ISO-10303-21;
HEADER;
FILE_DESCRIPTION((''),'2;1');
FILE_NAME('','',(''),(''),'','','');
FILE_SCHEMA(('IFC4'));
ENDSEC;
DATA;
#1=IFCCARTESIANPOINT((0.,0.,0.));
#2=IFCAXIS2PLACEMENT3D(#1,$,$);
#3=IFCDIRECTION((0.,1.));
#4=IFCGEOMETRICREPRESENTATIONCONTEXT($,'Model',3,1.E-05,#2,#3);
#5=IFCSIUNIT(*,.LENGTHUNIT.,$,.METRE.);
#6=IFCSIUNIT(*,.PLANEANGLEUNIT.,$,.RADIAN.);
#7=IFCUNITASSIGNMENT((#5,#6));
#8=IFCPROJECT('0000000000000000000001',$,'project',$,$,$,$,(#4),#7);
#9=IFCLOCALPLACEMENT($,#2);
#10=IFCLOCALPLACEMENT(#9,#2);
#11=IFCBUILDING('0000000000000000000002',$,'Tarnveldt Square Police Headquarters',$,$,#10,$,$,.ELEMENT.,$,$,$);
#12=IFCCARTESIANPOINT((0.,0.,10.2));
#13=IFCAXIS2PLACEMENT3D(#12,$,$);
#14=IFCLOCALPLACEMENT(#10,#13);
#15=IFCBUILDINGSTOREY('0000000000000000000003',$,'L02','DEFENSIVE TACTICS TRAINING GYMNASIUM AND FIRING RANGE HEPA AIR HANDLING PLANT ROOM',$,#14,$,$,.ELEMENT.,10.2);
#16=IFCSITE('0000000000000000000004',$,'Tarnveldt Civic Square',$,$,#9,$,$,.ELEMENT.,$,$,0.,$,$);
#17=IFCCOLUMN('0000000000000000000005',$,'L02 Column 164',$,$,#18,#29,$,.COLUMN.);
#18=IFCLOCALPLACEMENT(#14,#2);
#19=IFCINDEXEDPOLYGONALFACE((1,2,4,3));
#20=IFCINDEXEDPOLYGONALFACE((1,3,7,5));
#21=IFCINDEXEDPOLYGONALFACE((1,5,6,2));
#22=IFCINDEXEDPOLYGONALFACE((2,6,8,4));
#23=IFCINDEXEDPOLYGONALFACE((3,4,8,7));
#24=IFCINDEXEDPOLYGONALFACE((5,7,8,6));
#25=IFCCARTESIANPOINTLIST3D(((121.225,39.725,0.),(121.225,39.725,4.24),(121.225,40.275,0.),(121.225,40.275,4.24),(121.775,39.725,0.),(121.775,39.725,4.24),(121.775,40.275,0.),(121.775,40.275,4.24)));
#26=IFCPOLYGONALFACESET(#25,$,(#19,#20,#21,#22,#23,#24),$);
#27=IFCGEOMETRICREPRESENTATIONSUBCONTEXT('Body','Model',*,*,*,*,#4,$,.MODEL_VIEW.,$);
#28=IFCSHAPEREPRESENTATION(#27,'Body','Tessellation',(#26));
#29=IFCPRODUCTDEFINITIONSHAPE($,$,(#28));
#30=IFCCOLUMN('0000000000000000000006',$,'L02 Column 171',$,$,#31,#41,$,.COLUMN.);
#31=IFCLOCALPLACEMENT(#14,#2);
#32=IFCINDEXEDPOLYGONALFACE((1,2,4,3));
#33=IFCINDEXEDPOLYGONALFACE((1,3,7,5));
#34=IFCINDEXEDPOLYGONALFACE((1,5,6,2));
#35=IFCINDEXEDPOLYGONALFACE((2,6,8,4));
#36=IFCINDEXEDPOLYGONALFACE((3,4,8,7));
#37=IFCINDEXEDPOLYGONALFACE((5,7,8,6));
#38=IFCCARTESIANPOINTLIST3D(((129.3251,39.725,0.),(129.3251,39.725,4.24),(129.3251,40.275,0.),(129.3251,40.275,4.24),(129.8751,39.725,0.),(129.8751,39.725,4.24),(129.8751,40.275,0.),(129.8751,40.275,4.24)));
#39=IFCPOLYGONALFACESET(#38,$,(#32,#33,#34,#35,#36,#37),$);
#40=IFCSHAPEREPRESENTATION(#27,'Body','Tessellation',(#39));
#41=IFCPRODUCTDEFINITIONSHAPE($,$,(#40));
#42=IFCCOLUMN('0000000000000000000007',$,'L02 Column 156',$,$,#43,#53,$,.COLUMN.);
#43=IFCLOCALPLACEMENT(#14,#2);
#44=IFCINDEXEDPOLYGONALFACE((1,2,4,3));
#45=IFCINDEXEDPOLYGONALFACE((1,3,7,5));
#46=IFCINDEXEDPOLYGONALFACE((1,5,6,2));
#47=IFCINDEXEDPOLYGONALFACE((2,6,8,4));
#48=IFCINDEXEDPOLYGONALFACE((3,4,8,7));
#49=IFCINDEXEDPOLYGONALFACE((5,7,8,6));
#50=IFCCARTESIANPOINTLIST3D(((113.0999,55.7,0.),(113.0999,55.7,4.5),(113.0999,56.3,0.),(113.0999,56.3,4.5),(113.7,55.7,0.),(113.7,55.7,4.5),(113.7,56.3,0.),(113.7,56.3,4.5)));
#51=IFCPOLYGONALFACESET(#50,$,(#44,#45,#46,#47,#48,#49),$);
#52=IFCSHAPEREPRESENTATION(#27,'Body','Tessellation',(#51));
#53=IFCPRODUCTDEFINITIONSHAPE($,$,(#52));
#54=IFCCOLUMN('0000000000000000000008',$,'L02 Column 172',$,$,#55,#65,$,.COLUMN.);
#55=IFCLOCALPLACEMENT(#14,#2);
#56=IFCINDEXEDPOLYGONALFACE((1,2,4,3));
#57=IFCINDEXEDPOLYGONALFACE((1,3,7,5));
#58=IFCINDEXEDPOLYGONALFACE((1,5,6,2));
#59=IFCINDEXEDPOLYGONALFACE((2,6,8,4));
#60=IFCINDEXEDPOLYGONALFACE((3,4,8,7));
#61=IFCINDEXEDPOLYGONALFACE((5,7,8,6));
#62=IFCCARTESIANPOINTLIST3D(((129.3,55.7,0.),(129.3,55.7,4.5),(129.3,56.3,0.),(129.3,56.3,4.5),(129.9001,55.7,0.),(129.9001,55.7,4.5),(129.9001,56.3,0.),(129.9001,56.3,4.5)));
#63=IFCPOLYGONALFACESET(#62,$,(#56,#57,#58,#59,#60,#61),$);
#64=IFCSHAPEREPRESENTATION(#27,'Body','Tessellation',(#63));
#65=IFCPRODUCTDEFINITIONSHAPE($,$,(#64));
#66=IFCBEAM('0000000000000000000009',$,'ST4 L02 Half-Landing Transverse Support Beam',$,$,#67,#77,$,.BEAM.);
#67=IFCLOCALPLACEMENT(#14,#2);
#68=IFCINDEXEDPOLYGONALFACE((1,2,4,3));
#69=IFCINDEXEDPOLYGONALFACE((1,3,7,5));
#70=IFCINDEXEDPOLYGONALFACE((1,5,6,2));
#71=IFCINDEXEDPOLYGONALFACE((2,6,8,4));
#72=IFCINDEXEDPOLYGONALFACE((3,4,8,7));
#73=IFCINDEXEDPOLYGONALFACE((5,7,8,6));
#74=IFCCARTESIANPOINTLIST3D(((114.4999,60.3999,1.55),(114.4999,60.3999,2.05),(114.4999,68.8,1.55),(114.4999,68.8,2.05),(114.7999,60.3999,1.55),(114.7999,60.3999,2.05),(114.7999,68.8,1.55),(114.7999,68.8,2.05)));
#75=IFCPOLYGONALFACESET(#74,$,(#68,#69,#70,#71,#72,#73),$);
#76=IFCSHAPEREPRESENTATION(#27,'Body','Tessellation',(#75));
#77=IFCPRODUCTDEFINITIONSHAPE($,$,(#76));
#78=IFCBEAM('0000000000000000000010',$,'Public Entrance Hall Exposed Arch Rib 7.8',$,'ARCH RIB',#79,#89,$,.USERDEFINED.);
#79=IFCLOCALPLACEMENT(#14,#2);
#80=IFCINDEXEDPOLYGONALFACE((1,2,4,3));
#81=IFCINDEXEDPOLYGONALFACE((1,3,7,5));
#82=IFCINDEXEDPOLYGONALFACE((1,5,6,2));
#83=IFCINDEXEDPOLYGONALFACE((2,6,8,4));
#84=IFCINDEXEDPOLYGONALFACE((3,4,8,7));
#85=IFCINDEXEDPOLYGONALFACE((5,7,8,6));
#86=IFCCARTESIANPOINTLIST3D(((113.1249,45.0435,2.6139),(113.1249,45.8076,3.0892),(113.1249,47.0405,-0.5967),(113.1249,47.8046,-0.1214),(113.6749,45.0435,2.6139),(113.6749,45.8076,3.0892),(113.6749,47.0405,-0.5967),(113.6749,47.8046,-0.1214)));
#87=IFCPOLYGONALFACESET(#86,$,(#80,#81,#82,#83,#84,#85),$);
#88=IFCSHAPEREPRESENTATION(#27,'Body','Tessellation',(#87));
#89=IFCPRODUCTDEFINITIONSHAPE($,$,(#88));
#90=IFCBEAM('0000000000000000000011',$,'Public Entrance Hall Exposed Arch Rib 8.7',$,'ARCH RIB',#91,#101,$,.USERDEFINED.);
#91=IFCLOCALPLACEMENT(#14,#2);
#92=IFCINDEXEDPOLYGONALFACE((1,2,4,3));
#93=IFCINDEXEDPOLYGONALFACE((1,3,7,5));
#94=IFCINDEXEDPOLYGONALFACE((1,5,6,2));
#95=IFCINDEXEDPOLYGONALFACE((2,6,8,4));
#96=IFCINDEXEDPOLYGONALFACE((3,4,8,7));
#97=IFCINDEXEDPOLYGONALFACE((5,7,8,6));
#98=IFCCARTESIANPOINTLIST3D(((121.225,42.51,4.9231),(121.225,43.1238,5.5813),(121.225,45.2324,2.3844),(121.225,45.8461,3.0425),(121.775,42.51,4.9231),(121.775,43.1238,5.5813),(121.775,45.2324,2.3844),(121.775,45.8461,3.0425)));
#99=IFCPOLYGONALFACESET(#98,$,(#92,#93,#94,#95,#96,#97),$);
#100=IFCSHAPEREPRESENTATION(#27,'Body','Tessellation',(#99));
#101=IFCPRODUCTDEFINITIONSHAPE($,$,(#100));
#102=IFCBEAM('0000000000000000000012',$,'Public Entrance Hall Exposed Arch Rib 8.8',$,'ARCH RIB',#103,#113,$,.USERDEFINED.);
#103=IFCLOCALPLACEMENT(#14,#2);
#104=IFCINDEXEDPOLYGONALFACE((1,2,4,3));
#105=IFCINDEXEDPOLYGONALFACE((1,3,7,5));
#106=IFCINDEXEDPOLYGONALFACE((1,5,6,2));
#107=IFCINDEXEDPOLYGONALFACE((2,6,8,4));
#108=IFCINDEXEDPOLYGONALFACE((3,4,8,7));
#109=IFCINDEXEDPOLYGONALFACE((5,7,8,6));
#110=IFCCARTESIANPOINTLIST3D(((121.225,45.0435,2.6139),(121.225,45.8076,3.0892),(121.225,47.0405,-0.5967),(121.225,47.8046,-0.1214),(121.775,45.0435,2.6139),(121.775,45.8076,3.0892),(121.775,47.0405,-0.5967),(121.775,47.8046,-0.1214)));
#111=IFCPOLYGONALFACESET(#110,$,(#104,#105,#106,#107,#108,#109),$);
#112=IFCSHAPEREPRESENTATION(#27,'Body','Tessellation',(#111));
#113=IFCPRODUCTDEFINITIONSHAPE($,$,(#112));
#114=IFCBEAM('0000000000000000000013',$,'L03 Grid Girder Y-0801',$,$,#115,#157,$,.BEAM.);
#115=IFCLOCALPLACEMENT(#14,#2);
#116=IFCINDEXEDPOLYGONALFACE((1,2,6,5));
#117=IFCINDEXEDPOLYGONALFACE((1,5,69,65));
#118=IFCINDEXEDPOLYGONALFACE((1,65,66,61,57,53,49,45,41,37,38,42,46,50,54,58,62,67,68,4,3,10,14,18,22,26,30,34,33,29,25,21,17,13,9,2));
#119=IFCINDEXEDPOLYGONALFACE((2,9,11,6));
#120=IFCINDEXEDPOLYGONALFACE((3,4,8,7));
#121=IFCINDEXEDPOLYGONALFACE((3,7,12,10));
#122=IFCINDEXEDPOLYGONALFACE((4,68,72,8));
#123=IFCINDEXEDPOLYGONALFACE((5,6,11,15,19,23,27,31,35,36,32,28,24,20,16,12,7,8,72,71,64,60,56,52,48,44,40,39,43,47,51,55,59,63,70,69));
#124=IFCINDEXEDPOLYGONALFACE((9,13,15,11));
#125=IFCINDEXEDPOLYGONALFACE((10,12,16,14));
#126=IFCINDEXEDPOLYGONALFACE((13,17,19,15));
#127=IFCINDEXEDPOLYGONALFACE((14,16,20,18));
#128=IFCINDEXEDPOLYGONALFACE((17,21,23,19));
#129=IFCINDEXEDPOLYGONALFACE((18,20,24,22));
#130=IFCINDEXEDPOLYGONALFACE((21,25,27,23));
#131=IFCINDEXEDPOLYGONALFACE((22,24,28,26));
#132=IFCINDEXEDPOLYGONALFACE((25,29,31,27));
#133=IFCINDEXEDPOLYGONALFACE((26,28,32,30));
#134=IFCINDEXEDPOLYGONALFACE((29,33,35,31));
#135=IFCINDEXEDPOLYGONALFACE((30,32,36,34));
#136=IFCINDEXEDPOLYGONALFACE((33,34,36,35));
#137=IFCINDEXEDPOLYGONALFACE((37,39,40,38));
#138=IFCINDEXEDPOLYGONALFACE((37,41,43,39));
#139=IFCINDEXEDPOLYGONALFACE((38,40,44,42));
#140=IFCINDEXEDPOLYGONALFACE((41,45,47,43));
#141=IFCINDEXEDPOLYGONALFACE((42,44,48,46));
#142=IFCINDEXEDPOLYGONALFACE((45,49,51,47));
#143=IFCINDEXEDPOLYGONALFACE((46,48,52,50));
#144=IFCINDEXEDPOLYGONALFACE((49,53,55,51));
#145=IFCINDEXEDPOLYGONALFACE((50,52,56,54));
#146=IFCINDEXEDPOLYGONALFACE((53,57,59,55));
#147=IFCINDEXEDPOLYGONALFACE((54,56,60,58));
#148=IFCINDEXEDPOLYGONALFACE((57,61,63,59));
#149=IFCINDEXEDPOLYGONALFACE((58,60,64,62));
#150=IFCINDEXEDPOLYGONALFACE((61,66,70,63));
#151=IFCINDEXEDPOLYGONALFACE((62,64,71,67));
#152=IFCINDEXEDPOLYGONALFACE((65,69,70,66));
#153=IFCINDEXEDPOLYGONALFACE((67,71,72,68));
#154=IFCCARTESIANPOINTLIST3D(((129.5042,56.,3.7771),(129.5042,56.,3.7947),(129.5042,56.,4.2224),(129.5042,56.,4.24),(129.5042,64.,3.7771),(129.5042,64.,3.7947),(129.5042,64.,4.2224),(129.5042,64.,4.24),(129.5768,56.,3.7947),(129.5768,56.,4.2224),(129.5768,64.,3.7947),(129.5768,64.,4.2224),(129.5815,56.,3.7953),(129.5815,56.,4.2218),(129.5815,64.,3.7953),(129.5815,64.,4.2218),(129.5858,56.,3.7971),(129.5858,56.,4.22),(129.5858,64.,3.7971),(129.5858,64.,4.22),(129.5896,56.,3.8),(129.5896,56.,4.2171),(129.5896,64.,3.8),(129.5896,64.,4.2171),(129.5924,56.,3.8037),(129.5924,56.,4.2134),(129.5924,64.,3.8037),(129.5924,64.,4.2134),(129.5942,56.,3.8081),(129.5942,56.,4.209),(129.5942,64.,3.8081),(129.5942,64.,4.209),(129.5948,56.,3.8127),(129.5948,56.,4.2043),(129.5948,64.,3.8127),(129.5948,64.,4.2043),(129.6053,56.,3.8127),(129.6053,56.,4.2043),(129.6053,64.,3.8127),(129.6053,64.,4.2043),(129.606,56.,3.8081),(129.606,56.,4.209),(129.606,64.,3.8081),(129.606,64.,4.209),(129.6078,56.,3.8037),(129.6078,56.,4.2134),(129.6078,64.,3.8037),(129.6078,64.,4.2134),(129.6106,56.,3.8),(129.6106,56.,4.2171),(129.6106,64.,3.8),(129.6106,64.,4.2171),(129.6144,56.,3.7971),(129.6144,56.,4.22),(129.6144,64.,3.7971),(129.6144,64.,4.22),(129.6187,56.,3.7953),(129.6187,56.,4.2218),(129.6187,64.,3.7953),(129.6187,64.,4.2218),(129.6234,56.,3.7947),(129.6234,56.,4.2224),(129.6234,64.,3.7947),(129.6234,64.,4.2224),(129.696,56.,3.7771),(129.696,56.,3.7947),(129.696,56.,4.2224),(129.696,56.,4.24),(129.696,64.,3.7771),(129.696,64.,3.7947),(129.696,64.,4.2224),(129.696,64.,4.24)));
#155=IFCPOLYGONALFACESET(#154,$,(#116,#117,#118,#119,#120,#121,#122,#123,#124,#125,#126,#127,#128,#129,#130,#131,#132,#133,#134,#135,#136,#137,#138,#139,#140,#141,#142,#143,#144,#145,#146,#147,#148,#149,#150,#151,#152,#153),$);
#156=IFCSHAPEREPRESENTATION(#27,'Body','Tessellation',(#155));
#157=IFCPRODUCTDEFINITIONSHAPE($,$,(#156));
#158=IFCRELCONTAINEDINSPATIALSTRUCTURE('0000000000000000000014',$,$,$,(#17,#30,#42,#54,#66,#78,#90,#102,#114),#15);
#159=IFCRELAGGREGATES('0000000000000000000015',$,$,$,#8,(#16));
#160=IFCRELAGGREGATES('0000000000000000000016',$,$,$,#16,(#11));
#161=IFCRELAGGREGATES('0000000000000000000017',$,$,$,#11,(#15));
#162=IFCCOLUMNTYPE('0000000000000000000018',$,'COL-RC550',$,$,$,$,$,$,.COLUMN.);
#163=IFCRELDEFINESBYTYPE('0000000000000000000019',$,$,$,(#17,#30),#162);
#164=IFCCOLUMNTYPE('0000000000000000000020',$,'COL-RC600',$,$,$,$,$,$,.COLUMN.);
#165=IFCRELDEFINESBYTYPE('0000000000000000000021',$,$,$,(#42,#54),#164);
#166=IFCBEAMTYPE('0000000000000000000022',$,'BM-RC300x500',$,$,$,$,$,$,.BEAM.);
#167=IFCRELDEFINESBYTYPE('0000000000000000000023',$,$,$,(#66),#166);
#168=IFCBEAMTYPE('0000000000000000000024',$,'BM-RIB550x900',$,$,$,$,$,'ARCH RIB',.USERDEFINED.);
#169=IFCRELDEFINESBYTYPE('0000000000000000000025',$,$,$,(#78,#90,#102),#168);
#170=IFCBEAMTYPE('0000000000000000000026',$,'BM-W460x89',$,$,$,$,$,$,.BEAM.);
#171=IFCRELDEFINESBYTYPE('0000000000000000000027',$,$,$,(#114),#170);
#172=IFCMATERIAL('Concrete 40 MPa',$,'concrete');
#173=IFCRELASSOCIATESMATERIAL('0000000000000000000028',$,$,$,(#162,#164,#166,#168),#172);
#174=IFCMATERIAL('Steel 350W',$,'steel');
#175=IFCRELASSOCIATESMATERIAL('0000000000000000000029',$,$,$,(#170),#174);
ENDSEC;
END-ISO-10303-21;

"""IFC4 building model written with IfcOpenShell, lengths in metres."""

from ifc_helpers import new_model, si_unit, direction, frame, origin, origin_2d, place, context, subcontext, project, spatial, rectangle, i_section, extrude, material, material_profile, profile_set, type_object, element, save


model = new_model("IFC4")

# Units and contexts
model_context = context("Model", 3, precision=1e-05, world=origin(), true_north=direction((0.0, 1.0)))
body_context = subcontext(model_context, "Body", "Model", "MODEL_VIEW")
ifc_project = project(units=[si_unit("LENGTHUNIT", "METRE"), si_unit("PLANEANGLEUNIT", "RADIAN")], contexts=[model_context])

# Site, building, storey
site_placement = place(None, origin())
site = spatial("IfcSite", under=ifc_project, at=site_placement, Name="Tarnveldt Civic Square", CompositionType="ELEMENT", RefElevation=0.0)
building_placement = place(site_placement, origin())
building = spatial("IfcBuilding", under=site, at=building_placement, Name="Tarnveldt Square Police Headquarters", CompositionType="ELEMENT")
storey_placement = place(building_placement, frame((0.0, 0.0, 10.2)))
storey = spatial("IfcBuildingStorey", under=building, at=storey_placement, Name="L02", Description="DEFENSIVE TACTICS TRAINING GYMNASIUM AND FIRING RANGE HEPA AIR HANDLING PLANT ROOM", CompositionType="ELEMENT", Elevation=10.2)

# Columns
ifc_material_1 = material(Name="Concrete 40 MPa", Category="concrete")
ifc_material_profile_1 = material_profile(ifc_material_1, rectangle(XDim=0.55, YDim=0.55, at=origin_2d()), Name="RC-C550x550")
ifc_profile_set_1 = profile_set([ifc_material_profile_1], Name="Concrete 40 MPa")
column_type_1 = type_object("IfcColumnType", Name="COL-RC550", PredefinedType="COLUMN", material=ifc_profile_set_1)
for number, where, z_axis, x_axis, name in (
    (1, (121.5, 40.0, 0.0), (0.0, 0.0, 1.0), (1.0, 0.0, 0.0), "L02 Column 164"),
    (2, (129.6001, 40.0, 0.0), (0.0, 0.0, 1.0), (1.0, 0.0, 0.0), "L02 Column 171"),
):
    element("IfcColumn", number, at=place(storey_placement, frame(where, z_axis=z_axis, x_axis=x_axis)), inside=storey, type_object=column_type_1, Name=name, PredefinedType="COLUMN", context=body_context, shape_type="SweptSolid", body=[
        extrude(rectangle(XDim=0.55, YDim=0.55, at=origin_2d()), origin(), (0.0, 0.0, 1.0), 4.24),
    ])
ifc_material_profile_2 = material_profile(ifc_material_1, rectangle(XDim=0.6001, YDim=0.6001, at=origin_2d()), Name="RC-C600x600")
ifc_profile_set_2 = profile_set([ifc_material_profile_2], Name="Concrete 40 MPa")
column_type_2 = type_object("IfcColumnType", Name="COL-RC600", PredefinedType="COLUMN", material=ifc_profile_set_2)
for number, where, z_axis, x_axis, name in (
    (3, (113.3999, 56.0, 0.0), (0.0, 0.0, 1.0), (1.0, 0.0, 0.0), "L02 Column 156"),
    (4, (129.6001, 56.0, 0.0), (0.0, 0.0, 1.0), (1.0, 0.0, 0.0), "L02 Column 172"),
):
    element("IfcColumn", number, at=place(storey_placement, frame(where, z_axis=z_axis, x_axis=x_axis)), inside=storey, type_object=column_type_2, Name=name, PredefinedType="COLUMN", context=body_context, shape_type="SweptSolid", body=[
        extrude(rectangle(XDim=0.6001, YDim=0.6001, at=origin_2d()), origin(), (0.0, 0.0, 1.0), 4.5),
    ])

# Beams
ifc_material_profile_3 = material_profile(ifc_material_1, rectangle(XDim=0.3, YDim=0.5, at=origin_2d()), Name="RC-B300x500")
ifc_profile_set_3 = profile_set([ifc_material_profile_3], Name="Concrete 40 MPa")
beam_type_1 = type_object("IfcBeamType", Name="BM-RC300x500", PredefinedType="BEAM", material=ifc_profile_set_3)
beam_1_placement = place(storey_placement, frame((114.6499, 60.3999, 1.8), z_axis=(0.0, 1.0, 0.0), x_axis=(-1.0, 0.0, 0.0)))
element("IfcBeam", 5, at=beam_1_placement, inside=storey, type_object=beam_type_1, Name="ST4 L02 Half-Landing Transverse Support Beam", PredefinedType="BEAM", context=body_context, shape_type="SweptSolid", body=[
    extrude(rectangle(XDim=0.3, YDim=0.5, at=origin_2d()), origin(), (0.0, 0.0, 1.0), 8.4001),
])
ifc_material_profile_4 = material_profile(ifc_material_1, rectangle(XDim=0.55, YDim=0.8999, at=origin_2d()), Name="RC-RIB550x900")
ifc_profile_set_4 = profile_set([ifc_material_profile_4], Name="Concrete 40 MPa")
beam_type_2 = type_object("IfcBeamType", Name="BM-RIB550x900", ElementType="ARCH RIB", PredefinedType="USERDEFINED", material=ifc_profile_set_4)
beam_2_placement = place(storey_placement, frame((113.3999, 45.4255, 2.8516), z_axis=(0.0, 0.528169, -0.849139), x_axis=(-1.0, 0.0, 0.0)))
element("IfcBeam", 6, at=beam_2_placement, inside=storey, type_object=beam_type_2, Name="Public Entrance Hall Exposed Arch Rib 7.8", ObjectType="ARCH RIB", PredefinedType="USERDEFINED", context=body_context, shape_type="SweptSolid", body=[
    extrude(rectangle(XDim=0.55, YDim=0.8999, at=origin_2d()), origin(), (0.0, 0.0, 1.0), 3.781),
])
beam_3_placement = place(storey_placement, frame((121.5, 42.8169, 5.2522), z_axis=(0.0, 0.731337, -0.682017), x_axis=(-1.0, 0.0, 0.0)))
element("IfcBeam", 7, at=beam_3_placement, inside=storey, type_object=beam_type_2, Name="Public Entrance Hall Exposed Arch Rib 8.7", ObjectType="ARCH RIB", PredefinedType="USERDEFINED", context=body_context, shape_type="SweptSolid", body=[
    extrude(rectangle(XDim=0.55, YDim=0.8999, at=origin_2d()), origin(), (0.0, 0.0, 1.0), 3.7224),
])
beam_4_placement = place(storey_placement, frame((121.5, 45.4255, 2.8516), z_axis=(0.0, 0.528169, -0.849139), x_axis=(-1.0, 0.0, 0.0)))
element("IfcBeam", 8, at=beam_4_placement, inside=storey, type_object=beam_type_2, Name="Public Entrance Hall Exposed Arch Rib 8.8", ObjectType="ARCH RIB", PredefinedType="USERDEFINED", context=body_context, shape_type="SweptSolid", body=[
    extrude(rectangle(XDim=0.55, YDim=0.8999, at=origin_2d()), origin(), (0.0, 0.0, 1.0), 3.781),
])
ifc_material_2 = material(Name="Steel 350W", Category="steel")
ifc_material_profile_5 = material_profile(ifc_material_2, i_section(OverallWidth=0.1919, OverallDepth=0.4629, WebThickness=0.0105, FlangeThickness=0.0176, FilletRadius=0.0181, at=origin_2d()), Name="W460x89")
ifc_profile_set_5 = profile_set([ifc_material_profile_5], Name="Steel 350W")
beam_type_3 = type_object("IfcBeamType", Name="BM-W460x89", PredefinedType="BEAM", material=ifc_profile_set_5)
beam_5_placement = place(storey_placement, frame((129.6001, 56.0, 4.0085), z_axis=(0.0, 1.0, 0.0), x_axis=(-1.0, 0.0, 0.0)))
element("IfcBeam", 9, at=beam_5_placement, inside=storey, type_object=beam_type_3, Name="L03 Grid Girder Y-0801", PredefinedType="BEAM", context=body_context, shape_type="SweptSolid", body=[
    extrude(i_section(OverallWidth=0.1919, OverallDepth=0.4629, WebThickness=0.0105, FlangeThickness=0.0176, FilletRadius=0.0181, at=origin_2d()), origin(), (0.0, 0.0, 1.0), 8.0),
])

save(model, "model.ifc")
